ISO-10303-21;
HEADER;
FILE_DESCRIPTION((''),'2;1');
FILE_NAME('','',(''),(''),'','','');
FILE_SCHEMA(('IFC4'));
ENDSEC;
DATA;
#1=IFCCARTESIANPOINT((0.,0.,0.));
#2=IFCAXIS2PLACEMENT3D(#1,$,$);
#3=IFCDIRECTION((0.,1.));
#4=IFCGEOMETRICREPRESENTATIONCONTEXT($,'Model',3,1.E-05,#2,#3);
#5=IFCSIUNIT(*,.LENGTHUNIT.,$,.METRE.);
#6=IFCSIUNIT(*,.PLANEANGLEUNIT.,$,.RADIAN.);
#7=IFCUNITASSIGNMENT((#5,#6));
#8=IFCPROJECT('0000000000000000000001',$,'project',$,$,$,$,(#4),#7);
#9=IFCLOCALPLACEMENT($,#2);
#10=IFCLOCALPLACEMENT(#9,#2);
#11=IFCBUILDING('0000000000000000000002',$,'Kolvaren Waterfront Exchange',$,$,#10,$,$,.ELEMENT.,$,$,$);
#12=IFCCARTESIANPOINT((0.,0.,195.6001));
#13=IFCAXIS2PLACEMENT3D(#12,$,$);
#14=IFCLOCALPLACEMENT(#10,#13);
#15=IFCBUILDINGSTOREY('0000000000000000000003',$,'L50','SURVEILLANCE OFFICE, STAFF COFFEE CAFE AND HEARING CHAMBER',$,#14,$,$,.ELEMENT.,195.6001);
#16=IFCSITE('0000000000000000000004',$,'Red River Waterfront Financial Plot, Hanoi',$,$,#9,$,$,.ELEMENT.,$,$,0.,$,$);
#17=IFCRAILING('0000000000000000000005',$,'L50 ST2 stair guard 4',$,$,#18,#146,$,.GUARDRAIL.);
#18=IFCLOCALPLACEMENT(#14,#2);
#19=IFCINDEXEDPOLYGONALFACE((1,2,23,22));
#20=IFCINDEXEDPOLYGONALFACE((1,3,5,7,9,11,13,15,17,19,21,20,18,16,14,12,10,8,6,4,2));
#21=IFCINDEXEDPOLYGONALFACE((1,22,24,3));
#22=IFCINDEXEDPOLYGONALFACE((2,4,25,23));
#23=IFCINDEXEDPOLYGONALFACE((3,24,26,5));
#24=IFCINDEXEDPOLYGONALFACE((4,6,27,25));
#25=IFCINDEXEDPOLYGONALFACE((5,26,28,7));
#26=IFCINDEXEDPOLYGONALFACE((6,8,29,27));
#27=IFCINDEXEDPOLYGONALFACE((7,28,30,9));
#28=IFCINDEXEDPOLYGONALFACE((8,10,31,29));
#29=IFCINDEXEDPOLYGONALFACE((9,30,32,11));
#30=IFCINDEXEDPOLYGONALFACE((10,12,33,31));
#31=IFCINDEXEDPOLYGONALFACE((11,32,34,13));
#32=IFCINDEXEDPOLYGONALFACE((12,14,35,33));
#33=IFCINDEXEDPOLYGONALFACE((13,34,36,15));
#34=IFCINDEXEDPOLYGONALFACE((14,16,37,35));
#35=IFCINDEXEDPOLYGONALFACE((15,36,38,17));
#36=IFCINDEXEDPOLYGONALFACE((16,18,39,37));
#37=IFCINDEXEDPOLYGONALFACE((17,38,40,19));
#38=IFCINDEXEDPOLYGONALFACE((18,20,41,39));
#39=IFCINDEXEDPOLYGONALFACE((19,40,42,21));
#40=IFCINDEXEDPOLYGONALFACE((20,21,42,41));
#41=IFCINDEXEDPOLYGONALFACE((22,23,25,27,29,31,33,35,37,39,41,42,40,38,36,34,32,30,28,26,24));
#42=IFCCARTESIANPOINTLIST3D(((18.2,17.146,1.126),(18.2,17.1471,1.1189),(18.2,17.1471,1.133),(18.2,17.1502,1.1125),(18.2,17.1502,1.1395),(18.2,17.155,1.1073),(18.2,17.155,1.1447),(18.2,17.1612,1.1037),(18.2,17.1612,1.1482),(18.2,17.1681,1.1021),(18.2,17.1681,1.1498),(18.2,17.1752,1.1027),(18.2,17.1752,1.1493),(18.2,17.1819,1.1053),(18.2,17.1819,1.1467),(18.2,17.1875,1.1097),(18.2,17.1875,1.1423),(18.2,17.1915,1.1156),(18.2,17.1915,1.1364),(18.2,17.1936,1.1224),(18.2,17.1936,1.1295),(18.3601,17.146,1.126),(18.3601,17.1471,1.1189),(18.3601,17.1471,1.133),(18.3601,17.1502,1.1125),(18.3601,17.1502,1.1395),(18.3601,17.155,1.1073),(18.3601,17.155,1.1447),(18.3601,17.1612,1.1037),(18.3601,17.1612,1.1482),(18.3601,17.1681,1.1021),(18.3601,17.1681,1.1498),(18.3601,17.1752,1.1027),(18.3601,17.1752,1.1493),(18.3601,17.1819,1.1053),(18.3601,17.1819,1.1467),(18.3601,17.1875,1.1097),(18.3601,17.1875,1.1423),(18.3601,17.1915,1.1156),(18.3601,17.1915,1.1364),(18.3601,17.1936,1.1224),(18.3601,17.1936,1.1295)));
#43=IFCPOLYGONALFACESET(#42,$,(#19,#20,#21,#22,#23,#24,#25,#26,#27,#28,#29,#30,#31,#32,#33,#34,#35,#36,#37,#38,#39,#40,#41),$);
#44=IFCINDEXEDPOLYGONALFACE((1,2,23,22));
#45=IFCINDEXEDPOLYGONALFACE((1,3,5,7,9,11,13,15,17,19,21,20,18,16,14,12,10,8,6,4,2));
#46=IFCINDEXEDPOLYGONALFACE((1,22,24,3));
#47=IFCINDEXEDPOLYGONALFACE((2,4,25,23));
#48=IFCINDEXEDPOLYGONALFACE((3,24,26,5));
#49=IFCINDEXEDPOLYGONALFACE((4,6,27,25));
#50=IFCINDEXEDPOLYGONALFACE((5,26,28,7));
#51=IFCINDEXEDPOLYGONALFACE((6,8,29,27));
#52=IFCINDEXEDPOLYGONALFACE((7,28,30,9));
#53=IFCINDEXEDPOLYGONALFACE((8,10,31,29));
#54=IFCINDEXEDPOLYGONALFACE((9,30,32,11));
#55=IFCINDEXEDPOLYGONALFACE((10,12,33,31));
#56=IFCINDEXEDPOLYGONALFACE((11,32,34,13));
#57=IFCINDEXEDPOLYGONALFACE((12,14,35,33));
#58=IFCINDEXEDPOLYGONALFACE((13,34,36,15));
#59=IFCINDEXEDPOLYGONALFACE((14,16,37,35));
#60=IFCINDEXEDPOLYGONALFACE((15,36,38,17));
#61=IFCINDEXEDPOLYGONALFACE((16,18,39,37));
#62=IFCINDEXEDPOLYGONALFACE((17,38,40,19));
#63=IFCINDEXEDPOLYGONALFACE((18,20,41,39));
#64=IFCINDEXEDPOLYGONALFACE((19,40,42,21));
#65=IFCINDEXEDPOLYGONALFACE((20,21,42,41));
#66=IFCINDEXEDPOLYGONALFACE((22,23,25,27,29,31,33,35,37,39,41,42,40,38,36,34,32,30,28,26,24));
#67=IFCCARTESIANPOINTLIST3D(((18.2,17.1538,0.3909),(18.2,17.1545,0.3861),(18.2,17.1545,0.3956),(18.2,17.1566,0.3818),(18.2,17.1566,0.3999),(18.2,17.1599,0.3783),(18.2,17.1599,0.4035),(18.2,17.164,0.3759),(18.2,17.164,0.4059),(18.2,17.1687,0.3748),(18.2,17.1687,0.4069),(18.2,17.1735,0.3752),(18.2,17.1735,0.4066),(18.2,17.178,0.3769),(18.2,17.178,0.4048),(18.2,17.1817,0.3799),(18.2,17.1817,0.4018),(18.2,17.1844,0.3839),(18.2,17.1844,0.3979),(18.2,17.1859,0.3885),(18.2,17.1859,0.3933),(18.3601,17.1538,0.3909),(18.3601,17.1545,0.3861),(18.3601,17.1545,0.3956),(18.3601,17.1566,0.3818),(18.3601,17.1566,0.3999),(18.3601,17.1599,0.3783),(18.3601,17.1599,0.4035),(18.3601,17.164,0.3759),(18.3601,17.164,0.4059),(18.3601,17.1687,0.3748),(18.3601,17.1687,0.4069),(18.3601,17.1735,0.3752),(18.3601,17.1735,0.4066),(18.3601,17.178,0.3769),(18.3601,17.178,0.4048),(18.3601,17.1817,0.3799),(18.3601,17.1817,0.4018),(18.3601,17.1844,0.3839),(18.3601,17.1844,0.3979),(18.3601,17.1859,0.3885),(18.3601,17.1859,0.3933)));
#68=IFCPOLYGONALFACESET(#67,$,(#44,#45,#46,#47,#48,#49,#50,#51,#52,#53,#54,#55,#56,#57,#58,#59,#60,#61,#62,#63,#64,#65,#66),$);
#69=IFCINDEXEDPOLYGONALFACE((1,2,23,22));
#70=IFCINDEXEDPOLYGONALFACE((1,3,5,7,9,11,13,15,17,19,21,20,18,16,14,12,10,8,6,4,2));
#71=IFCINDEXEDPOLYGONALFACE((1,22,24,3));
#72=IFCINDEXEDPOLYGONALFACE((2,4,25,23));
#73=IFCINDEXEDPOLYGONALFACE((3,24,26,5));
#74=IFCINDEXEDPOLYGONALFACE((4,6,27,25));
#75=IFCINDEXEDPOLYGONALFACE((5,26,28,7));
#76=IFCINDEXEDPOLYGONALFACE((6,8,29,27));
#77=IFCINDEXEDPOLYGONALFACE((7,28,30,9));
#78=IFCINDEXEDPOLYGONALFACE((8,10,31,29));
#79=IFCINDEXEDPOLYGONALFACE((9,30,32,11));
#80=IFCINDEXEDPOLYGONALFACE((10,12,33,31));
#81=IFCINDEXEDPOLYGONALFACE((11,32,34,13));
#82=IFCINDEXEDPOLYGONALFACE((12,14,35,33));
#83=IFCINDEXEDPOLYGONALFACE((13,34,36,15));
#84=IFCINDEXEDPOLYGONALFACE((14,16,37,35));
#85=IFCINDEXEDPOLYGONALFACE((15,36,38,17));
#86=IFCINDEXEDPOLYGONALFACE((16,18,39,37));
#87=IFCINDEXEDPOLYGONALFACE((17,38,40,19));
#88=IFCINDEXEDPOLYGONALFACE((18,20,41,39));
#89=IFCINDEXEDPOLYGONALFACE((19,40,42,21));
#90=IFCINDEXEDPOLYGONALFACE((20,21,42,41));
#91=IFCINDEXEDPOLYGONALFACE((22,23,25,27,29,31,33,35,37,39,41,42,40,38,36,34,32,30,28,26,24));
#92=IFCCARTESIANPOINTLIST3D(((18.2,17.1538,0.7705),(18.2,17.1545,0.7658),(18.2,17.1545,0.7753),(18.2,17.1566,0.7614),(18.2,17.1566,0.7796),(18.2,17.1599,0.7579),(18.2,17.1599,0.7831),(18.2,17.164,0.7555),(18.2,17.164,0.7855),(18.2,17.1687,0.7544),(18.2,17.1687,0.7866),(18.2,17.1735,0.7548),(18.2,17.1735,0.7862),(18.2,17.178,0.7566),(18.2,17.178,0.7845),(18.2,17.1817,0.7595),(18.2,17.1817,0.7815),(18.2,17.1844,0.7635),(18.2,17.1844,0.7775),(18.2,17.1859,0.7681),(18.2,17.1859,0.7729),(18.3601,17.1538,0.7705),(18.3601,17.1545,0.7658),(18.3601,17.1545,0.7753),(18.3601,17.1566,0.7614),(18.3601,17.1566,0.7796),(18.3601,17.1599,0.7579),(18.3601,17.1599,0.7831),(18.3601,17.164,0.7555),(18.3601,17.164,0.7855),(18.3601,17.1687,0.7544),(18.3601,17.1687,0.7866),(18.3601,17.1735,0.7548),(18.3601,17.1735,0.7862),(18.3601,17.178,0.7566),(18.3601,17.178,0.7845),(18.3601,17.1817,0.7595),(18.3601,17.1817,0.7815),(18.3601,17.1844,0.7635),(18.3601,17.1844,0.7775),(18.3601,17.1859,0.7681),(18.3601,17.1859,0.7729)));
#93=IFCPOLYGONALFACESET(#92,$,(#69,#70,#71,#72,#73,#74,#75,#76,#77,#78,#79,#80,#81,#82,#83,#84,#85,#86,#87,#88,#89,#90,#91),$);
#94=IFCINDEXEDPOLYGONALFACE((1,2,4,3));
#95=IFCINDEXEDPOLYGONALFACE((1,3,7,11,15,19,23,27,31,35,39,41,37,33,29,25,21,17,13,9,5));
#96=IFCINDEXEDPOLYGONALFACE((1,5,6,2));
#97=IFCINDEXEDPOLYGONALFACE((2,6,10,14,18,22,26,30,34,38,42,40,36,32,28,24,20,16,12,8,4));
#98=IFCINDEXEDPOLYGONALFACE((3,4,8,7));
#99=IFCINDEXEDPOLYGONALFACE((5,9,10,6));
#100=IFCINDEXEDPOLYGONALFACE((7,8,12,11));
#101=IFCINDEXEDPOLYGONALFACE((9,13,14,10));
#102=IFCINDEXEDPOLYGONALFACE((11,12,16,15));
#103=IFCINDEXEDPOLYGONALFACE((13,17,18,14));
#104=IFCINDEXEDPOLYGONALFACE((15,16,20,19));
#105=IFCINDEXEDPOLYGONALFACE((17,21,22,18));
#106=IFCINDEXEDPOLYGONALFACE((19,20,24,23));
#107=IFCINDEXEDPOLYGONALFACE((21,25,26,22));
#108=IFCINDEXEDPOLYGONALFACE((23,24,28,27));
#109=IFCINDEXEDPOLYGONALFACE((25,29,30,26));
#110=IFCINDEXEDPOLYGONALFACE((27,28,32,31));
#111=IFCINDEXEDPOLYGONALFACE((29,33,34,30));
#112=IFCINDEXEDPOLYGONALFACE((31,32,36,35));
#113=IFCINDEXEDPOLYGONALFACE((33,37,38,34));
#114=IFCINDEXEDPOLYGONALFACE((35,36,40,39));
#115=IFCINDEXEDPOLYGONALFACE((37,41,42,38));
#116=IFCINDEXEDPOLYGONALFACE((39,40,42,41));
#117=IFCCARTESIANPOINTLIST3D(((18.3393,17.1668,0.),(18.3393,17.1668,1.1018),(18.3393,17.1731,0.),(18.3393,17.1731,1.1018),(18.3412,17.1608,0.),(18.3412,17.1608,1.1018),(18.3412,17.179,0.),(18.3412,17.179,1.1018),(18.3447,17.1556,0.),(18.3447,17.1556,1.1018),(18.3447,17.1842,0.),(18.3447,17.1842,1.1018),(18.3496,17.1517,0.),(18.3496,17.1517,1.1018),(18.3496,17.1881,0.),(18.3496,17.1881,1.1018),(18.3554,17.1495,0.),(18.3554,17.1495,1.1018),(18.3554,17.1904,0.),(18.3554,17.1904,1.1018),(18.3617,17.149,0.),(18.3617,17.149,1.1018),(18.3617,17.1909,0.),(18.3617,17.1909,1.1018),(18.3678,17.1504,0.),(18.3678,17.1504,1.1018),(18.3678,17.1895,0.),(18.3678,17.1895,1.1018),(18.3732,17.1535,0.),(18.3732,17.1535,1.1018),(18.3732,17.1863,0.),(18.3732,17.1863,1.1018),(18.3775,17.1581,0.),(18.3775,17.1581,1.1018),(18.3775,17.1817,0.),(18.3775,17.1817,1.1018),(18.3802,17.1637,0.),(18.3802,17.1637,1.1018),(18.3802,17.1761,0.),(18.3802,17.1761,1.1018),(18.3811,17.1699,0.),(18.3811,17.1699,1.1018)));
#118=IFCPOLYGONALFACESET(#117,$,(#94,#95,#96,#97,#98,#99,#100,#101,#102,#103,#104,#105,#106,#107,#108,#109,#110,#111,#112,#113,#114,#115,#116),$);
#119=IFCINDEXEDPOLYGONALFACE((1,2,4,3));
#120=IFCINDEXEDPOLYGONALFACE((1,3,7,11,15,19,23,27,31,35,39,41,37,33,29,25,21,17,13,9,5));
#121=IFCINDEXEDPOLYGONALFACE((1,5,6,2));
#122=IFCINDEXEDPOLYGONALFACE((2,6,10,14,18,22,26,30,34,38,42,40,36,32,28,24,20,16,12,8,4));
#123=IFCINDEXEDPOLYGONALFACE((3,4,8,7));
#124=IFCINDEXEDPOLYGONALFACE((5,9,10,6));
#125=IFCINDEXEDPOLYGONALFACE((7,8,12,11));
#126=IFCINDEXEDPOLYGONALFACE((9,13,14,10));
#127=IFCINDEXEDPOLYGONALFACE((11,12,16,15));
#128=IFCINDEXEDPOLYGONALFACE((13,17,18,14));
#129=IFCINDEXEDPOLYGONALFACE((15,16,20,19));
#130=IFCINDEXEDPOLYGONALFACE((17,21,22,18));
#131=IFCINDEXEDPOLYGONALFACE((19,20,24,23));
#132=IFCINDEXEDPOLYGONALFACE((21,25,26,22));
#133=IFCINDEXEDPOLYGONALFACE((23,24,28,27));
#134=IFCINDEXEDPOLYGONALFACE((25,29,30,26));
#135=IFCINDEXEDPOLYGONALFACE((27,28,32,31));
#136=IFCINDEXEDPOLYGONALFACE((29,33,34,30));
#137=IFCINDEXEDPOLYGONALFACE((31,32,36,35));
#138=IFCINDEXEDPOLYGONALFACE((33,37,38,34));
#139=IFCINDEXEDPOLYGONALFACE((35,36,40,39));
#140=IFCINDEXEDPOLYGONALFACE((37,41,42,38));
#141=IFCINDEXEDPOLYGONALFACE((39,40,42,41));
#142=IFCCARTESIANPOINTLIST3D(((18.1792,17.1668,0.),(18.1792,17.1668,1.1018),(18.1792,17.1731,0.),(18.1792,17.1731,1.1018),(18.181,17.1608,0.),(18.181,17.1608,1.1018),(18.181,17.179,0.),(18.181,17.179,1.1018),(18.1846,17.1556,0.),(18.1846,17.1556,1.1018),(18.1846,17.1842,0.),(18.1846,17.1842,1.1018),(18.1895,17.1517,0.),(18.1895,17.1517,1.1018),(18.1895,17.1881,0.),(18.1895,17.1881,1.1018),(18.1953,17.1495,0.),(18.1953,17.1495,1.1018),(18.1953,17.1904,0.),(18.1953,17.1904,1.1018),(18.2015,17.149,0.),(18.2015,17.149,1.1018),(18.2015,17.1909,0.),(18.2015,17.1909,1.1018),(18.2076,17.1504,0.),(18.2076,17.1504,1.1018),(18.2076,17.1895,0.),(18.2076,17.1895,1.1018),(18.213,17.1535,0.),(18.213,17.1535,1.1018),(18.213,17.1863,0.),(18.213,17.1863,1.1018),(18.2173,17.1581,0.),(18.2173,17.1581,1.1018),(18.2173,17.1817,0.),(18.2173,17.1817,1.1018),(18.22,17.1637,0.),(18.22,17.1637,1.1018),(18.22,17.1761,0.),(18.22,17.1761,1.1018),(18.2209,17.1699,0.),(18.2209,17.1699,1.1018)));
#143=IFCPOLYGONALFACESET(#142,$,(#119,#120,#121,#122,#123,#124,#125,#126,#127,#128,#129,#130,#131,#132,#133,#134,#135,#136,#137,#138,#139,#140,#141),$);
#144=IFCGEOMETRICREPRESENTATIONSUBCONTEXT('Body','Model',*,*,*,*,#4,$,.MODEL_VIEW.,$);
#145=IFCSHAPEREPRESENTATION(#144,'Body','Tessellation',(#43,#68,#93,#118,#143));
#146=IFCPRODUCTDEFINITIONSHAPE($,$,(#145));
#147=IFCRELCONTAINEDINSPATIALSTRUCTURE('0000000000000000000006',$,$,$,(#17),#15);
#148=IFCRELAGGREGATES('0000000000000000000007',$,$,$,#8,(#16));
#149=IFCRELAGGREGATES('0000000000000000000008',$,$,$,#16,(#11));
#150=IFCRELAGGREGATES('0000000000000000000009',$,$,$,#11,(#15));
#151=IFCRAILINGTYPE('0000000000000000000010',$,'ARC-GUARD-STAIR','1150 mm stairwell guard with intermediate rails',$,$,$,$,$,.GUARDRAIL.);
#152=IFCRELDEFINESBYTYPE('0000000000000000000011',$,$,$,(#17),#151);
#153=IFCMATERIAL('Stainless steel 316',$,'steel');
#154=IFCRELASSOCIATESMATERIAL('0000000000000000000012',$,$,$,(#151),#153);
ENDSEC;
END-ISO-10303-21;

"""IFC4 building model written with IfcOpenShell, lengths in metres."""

from ifc_helpers import new_model, si_unit, direction, frame, origin, origin_2d, place, context, subcontext, project, spatial, circle, extrude, material, type_object, element, save


model = new_model("IFC4")

# Units and contexts
model_context = context("Model", 3, precision=1e-05, world=origin(), true_north=direction((0.0, 1.0)))
body_context = subcontext(model_context, "Body", "Model", "MODEL_VIEW")
ifc_project = project(units=[si_unit("LENGTHUNIT", "METRE"), si_unit("PLANEANGLEUNIT", "RADIAN")], contexts=[model_context])

# Site, building, storey
site_placement = place(None, origin())
site = spatial("IfcSite", under=ifc_project, at=site_placement, Name="Red River Waterfront Financial Plot, Hanoi", CompositionType="ELEMENT", RefElevation=0.0)
building_placement = place(site_placement, origin())
building = spatial("IfcBuilding", under=site, at=building_placement, Name="Kolvaren Waterfront Exchange", CompositionType="ELEMENT")
storey_placement = place(building_placement, frame((0.0, 0.0, 195.6001)))
storey = spatial("IfcBuildingStorey", under=building, at=storey_placement, Name="L50", Description="SURVEILLANCE OFFICE, STAFF COFFEE CAFE AND HEARING CHAMBER", CompositionType="ELEMENT", Elevation=195.6001)

# Railing
ifc_material_1 = material(Name="Stainless steel 316", Category="steel")
railing_type_1 = type_object("IfcRailingType", Name="ARC-GUARD-STAIR", Description="1150 mm stairwell guard with intermediate rails", PredefinedType="GUARDRAIL", material=ifc_material_1)
railing_1_placement = place(storey_placement, frame((18.3601, 17.1699, 0.0)))
element("IfcRailing", 1, at=railing_1_placement, inside=storey, type_object=railing_type_1, Name="L50 ST2 stair guard 4", PredefinedType="GUARDRAIL", context=body_context, shape_type="SweptSolid", body=[
    extrude(circle(Radius=0.0239, at=origin_2d()), frame((0.0, 0.0, 1.126), z_axis=(-1.0, 0.0, 0.0), x_axis=(0.0, -1.0, 0.0)), (0.0, 0.0, 1.0), 0.1602),
    extrude(circle(Radius=0.0161, at=origin_2d()), frame((0.0, 0.0, 0.3909), z_axis=(-1.0, 0.0, 0.0), x_axis=(0.0, -1.0, 0.0)), (0.0, 0.0, 1.0), 0.1602),
    extrude(circle(Radius=0.0161, at=origin_2d()), frame((0.0, 0.0, 0.7705), z_axis=(-1.0, 0.0, 0.0), x_axis=(0.0, -1.0, 0.0)), (0.0, 0.0, 1.0), 0.1602),
    extrude(circle(Radius=0.021, at=origin_2d()), origin(), (0.0, 0.0, 1.0), 1.1018),
    extrude(circle(Radius=0.021, at=origin_2d()), frame((-0.1602, 0.0, 0.0)), (0.0, 0.0, 1.0), 1.1018),
])

save(model, "model.ifc")
